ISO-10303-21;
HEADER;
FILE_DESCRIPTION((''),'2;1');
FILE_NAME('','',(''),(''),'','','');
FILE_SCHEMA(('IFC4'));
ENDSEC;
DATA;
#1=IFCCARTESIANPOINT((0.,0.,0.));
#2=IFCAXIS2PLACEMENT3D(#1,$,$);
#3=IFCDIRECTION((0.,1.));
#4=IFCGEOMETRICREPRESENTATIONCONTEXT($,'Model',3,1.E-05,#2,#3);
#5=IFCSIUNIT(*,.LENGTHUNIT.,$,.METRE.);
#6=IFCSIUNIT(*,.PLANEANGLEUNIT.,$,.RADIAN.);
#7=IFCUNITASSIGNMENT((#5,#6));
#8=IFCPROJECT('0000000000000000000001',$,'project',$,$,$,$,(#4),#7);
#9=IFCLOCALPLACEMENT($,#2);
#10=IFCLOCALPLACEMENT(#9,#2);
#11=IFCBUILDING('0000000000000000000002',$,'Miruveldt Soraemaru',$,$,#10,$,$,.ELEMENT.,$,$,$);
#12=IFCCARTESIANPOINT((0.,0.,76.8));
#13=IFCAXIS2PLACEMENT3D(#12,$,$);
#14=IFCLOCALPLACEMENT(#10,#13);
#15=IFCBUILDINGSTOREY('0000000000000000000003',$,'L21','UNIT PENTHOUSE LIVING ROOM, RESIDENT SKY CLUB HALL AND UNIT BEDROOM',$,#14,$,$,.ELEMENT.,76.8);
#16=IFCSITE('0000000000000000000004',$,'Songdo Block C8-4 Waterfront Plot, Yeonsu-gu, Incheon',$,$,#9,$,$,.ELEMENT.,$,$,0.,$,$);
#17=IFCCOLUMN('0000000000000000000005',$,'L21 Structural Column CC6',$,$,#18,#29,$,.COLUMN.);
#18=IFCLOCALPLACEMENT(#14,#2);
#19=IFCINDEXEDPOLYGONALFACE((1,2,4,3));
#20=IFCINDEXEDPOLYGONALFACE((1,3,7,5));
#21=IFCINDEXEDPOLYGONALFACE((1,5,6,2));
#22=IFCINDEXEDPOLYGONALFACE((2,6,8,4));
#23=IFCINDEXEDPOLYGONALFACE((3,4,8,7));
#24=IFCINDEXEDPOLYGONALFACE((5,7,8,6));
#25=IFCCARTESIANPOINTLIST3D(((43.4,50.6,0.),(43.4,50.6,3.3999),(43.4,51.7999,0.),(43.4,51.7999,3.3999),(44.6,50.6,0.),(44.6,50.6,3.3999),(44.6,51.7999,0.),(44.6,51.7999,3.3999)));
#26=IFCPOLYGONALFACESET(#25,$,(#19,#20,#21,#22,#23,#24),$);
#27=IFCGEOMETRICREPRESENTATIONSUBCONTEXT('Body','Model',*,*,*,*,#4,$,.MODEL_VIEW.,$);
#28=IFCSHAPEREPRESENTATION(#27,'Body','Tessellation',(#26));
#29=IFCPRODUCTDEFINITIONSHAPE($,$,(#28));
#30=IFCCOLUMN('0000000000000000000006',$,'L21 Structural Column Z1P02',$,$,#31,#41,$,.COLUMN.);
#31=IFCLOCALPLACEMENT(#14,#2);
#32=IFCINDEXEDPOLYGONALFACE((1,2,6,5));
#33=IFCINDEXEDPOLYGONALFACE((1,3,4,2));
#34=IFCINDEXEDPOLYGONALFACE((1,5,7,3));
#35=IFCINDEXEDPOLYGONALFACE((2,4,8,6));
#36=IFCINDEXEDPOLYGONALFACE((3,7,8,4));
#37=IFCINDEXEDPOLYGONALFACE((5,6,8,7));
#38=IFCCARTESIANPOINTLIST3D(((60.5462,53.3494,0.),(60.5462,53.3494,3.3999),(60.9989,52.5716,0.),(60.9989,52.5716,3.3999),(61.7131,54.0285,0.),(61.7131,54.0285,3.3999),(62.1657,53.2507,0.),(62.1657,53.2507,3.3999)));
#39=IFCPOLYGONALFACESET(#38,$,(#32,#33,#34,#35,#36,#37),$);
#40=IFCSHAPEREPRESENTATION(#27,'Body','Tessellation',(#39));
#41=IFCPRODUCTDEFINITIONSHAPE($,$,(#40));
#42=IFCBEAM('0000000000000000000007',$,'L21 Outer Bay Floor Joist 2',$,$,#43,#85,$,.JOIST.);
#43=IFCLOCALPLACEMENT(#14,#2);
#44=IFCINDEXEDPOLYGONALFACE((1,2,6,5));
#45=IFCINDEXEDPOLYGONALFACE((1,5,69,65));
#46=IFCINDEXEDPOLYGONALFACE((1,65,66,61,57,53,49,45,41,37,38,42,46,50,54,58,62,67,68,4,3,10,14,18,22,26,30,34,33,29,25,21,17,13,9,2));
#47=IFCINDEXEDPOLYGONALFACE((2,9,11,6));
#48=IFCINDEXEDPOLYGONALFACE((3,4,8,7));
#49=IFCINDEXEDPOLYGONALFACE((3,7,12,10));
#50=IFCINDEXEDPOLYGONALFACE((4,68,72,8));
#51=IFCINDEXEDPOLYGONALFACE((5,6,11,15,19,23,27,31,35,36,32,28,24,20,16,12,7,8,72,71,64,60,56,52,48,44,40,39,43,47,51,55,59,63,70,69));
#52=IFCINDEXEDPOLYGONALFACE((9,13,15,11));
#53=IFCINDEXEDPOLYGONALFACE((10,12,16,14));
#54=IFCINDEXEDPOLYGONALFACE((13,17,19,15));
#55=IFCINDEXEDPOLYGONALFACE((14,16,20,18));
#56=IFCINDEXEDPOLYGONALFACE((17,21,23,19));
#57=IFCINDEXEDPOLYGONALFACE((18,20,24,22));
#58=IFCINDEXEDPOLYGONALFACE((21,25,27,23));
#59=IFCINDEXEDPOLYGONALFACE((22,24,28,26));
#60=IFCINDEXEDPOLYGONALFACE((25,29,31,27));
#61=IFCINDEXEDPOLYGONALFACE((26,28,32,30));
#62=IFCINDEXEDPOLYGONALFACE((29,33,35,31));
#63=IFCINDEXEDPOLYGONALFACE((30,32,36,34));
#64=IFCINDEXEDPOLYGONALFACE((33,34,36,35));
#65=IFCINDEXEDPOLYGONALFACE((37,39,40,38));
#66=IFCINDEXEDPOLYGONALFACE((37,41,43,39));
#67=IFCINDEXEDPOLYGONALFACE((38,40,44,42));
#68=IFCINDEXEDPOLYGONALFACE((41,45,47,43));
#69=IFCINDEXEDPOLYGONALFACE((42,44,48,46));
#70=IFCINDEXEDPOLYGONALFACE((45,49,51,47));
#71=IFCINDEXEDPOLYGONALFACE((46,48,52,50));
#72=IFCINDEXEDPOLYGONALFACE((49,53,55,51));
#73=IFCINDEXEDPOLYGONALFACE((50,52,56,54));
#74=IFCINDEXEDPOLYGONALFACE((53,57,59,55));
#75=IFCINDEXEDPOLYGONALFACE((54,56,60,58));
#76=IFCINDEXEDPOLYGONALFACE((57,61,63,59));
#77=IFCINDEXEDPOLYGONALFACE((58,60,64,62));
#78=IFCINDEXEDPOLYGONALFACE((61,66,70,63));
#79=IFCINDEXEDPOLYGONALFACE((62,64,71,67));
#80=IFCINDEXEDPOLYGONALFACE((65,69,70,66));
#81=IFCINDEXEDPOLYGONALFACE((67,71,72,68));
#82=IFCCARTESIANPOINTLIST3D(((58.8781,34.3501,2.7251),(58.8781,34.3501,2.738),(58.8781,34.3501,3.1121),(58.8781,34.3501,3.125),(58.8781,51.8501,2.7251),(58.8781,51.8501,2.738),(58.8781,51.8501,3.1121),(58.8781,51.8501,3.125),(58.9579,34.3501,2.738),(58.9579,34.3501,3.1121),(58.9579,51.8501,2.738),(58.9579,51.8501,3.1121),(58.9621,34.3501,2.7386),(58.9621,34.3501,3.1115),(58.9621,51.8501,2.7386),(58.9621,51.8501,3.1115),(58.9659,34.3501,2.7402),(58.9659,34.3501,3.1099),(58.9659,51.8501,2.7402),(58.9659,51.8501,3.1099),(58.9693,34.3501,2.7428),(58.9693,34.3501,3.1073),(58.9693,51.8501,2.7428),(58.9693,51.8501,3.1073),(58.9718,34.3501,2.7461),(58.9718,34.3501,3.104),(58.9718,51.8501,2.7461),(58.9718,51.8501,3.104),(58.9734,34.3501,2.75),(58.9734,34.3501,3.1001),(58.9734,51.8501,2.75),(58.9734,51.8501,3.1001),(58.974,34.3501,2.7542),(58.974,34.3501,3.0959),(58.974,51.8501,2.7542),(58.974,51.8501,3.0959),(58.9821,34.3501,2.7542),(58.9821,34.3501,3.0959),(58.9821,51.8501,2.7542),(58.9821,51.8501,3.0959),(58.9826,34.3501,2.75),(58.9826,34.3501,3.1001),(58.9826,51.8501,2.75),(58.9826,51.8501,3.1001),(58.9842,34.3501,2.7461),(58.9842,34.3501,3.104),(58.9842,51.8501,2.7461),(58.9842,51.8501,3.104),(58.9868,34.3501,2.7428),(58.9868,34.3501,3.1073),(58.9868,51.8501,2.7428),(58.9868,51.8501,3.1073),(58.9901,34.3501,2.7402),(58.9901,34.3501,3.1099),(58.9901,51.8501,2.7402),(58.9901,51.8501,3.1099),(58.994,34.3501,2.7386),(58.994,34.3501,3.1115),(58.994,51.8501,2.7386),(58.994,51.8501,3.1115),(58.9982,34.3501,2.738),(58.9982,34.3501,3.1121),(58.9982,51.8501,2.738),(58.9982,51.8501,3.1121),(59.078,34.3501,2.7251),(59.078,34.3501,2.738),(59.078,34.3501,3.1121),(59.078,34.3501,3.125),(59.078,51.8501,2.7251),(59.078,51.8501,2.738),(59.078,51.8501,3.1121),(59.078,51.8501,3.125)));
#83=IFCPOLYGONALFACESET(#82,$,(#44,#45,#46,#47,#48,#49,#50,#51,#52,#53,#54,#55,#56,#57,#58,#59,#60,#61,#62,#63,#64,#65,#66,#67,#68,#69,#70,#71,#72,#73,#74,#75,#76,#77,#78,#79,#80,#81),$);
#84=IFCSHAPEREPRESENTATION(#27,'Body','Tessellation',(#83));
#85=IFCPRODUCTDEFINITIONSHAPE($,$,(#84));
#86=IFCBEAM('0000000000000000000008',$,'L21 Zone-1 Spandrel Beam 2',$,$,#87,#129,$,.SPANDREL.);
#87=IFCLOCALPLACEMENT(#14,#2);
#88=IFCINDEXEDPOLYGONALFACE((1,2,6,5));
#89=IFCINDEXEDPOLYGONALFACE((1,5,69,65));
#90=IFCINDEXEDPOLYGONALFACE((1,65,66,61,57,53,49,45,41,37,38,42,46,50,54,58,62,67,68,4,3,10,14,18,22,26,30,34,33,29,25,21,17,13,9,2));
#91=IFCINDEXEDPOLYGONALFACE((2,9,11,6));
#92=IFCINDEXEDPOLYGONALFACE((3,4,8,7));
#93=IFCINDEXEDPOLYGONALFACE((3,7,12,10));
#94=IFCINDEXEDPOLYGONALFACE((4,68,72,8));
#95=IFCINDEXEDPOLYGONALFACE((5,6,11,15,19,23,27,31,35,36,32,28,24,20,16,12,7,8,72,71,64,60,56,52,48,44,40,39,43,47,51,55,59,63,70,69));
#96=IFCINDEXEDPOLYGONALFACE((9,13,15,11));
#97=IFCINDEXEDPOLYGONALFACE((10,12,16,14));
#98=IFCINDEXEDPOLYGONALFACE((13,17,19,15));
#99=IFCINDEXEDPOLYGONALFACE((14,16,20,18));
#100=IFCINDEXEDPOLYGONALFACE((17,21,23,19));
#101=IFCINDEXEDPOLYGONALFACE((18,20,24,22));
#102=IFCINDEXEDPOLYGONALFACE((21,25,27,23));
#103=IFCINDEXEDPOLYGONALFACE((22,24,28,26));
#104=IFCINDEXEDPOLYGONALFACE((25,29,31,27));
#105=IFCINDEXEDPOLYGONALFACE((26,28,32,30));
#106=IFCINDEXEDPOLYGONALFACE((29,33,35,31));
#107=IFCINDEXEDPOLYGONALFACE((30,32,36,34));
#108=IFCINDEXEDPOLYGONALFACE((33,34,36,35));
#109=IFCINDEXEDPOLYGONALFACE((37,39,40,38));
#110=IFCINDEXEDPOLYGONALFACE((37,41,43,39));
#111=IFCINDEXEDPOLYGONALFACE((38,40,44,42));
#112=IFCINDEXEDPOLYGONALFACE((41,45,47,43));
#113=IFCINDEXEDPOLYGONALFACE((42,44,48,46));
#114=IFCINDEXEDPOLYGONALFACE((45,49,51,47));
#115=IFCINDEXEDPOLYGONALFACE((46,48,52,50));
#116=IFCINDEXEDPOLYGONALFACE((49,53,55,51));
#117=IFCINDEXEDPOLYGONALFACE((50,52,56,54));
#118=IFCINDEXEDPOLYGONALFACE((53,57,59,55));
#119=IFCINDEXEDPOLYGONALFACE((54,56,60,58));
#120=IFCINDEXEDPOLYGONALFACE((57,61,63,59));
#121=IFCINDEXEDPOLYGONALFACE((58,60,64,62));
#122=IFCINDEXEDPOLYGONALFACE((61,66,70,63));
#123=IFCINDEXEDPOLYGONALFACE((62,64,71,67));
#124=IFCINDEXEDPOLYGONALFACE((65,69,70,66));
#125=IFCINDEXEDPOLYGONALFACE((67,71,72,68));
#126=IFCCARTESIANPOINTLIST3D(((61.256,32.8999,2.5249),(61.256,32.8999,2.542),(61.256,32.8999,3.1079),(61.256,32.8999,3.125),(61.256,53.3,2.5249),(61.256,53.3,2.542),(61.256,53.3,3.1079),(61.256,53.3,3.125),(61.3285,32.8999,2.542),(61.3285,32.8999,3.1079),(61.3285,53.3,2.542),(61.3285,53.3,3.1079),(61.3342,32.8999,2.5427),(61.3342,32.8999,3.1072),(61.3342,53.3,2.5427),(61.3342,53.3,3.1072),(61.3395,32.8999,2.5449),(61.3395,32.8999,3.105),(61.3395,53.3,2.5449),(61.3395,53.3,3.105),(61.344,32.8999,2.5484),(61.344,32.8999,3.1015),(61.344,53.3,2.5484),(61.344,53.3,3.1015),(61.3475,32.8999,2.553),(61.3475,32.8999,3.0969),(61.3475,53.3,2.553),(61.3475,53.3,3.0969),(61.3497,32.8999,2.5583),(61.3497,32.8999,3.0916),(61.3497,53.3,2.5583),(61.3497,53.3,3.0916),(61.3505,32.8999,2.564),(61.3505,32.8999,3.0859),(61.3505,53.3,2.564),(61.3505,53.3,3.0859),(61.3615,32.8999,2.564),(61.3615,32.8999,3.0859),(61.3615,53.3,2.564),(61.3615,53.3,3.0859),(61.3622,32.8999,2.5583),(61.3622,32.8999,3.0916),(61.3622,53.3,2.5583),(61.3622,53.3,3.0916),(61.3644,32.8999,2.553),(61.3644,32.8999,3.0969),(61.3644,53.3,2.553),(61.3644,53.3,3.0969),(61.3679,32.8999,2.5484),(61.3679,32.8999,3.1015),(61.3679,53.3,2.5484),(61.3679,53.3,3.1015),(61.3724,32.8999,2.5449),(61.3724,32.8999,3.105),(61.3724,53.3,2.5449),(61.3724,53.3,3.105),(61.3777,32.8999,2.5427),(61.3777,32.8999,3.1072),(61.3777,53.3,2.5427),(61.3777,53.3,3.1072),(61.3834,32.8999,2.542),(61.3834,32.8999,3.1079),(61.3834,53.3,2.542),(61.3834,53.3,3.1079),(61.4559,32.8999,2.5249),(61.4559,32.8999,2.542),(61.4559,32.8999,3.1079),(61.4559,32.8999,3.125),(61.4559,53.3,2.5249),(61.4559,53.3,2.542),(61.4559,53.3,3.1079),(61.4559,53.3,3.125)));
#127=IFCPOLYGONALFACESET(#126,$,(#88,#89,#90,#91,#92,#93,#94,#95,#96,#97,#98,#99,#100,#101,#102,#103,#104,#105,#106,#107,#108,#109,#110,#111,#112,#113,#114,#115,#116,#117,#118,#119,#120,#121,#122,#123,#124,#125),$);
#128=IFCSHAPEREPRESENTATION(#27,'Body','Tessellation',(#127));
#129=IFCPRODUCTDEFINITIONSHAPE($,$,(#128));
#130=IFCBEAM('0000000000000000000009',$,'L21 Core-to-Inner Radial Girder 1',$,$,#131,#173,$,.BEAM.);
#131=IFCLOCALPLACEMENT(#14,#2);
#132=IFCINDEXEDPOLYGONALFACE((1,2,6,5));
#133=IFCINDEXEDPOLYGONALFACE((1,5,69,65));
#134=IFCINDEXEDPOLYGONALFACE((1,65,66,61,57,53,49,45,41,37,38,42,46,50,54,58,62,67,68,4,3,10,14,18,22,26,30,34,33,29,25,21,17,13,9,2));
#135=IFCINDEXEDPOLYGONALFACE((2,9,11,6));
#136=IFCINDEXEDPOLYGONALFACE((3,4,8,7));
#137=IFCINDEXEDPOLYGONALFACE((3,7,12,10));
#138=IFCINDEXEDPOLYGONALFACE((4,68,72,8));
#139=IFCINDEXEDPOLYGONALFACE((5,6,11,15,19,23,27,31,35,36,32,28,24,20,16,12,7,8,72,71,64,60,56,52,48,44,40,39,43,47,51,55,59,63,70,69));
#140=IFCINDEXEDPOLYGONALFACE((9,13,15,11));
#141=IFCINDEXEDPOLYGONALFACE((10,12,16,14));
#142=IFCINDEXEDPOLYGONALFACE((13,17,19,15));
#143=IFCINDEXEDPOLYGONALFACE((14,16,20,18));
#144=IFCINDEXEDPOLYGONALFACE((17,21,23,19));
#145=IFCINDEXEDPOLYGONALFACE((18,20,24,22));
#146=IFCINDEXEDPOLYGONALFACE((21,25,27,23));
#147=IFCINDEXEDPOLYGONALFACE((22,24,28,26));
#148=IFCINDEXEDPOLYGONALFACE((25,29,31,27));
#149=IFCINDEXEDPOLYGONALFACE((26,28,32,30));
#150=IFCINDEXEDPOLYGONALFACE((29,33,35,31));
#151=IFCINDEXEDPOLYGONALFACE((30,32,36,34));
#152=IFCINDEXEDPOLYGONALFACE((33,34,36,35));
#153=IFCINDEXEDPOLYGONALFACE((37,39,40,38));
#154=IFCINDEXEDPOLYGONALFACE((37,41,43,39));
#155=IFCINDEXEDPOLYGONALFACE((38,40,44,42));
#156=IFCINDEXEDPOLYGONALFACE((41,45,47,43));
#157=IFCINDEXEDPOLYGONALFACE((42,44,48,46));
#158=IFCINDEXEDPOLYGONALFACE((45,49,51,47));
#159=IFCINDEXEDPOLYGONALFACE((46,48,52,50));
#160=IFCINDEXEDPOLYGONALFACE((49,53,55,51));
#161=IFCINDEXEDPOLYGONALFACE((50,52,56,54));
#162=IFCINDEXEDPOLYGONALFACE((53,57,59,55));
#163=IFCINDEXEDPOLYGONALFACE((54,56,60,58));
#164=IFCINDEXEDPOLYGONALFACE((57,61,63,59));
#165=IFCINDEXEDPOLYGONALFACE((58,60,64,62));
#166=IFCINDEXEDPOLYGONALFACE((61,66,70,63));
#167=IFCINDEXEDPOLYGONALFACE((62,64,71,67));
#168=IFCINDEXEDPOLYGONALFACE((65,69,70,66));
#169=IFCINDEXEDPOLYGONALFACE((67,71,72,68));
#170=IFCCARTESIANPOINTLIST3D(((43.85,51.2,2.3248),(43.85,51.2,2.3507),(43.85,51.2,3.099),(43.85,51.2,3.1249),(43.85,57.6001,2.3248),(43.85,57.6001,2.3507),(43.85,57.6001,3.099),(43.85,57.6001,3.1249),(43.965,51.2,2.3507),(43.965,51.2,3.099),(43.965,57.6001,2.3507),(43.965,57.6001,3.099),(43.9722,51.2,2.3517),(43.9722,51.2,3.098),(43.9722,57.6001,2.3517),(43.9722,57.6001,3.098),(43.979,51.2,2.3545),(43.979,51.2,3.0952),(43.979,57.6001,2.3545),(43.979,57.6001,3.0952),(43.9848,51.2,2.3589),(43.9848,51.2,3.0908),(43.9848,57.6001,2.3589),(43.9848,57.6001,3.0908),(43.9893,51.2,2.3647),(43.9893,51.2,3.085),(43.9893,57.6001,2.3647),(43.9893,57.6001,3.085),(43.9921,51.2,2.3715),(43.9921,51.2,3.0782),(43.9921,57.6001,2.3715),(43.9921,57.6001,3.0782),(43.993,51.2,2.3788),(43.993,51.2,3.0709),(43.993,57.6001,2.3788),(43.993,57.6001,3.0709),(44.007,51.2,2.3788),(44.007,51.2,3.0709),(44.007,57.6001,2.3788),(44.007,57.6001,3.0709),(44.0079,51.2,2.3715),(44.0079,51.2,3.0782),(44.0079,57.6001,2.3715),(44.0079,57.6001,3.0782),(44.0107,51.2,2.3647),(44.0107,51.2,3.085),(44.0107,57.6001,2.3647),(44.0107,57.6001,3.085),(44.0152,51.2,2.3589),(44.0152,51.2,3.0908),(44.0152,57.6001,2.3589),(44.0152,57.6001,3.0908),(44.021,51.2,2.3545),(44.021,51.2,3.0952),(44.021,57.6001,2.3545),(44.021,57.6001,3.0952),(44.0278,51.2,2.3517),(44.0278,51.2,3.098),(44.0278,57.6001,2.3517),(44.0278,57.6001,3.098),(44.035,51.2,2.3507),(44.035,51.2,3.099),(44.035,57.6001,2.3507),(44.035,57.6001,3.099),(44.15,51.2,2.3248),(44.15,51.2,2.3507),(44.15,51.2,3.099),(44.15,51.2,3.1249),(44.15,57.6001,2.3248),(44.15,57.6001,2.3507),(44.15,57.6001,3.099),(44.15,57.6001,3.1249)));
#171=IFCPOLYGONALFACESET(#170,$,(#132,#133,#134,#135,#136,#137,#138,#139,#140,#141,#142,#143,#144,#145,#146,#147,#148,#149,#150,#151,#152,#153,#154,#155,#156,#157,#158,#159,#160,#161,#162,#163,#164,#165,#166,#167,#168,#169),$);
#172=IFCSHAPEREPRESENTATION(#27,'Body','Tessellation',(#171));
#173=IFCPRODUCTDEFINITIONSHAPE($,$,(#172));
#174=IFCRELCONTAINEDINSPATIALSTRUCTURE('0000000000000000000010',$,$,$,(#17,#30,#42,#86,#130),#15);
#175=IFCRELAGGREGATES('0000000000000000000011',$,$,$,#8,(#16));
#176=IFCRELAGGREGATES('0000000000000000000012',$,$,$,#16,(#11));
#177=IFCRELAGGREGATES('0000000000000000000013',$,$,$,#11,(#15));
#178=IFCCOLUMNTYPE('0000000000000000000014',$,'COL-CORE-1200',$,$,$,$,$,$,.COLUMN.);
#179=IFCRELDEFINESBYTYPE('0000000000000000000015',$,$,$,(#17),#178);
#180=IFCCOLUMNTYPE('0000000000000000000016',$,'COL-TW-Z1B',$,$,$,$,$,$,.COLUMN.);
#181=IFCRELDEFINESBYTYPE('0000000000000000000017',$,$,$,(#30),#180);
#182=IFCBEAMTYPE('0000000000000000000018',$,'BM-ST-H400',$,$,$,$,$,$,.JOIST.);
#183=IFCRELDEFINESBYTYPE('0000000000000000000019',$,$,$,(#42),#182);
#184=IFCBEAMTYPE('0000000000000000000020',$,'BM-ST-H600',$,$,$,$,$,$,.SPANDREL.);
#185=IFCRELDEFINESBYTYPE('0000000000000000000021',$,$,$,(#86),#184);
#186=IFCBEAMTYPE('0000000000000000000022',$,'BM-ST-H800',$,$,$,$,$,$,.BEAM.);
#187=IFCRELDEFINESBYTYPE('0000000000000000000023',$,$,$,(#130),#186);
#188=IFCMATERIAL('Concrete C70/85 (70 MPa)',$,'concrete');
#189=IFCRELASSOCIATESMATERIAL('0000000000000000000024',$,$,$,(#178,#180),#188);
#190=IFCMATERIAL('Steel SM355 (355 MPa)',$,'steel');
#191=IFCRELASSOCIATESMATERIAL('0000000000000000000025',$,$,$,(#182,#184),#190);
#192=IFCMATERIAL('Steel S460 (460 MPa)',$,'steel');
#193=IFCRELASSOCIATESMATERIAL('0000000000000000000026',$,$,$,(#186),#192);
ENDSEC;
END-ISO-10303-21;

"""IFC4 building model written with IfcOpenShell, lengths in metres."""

from ifc_helpers import new_model, si_unit, direction, frame, origin, origin_2d, place, context, subcontext, project, spatial, rectangle, i_section, extrude, material, material_profile, profile_set, type_object, element, save


model = new_model("IFC4")

# Units and contexts
model_context = context("Model", 3, precision=1e-05, world=origin(), true_north=direction((0.0, 1.0)))
body_context = subcontext(model_context, "Body", "Model", "MODEL_VIEW")
ifc_project = project(units=[si_unit("LENGTHUNIT", "METRE"), si_unit("PLANEANGLEUNIT", "RADIAN")], contexts=[model_context])

# Site, building, storey
site_placement = place(None, origin())
site = spatial("IfcSite", under=ifc_project, at=site_placement, Name="Songdo Block C8-4 Waterfront Plot, Yeonsu-gu, Incheon", CompositionType="ELEMENT", RefElevation=0.0)
building_placement = place(site_placement, origin())
building = spatial("IfcBuilding", under=site, at=building_placement, Name="Miruveldt Soraemaru", CompositionType="ELEMENT")
storey_placement = place(building_placement, frame((0.0, 0.0, 76.8)))
storey = spatial("IfcBuildingStorey", under=building, at=storey_placement, Name="L21", Description="UNIT PENTHOUSE LIVING ROOM, RESIDENT SKY CLUB HALL AND UNIT BEDROOM", CompositionType="ELEMENT", Elevation=76.8)

# Columns
ifc_material_1 = material(Name="Concrete C70/85 (70 MPa)", Category="concrete")
ifc_material_profile_1 = material_profile(ifc_material_1, rectangle(XDim=1.2, YDim=1.2, at=origin_2d()), Name="Concrete C70/85 (70 MPa)", Category="concrete")
ifc_profile_set_1 = profile_set([ifc_material_profile_1], Name="Concrete C70/85 (70 MPa)")
column_type_1 = type_object("IfcColumnType", Name="COL-CORE-1200", PredefinedType="COLUMN", material=ifc_profile_set_1)
column_1_placement = place(storey_placement, frame((44.0, 51.2, 0.0), z_axis=(0.0, 0.0, 1.0), x_axis=(1.0, 0.0, 0.0)))
element("IfcColumn", 1, at=column_1_placement, inside=storey, type_object=column_type_1, Name="L21 Structural Column CC6", PredefinedType="COLUMN", context=body_context, shape_type="SweptSolid", body=[
    extrude(rectangle(XDim=1.2, YDim=1.2, at=origin_2d()), origin(), (0.0, 0.0, 1.0), 3.3999),
])
ifc_material_profile_2 = material_profile(ifc_material_1, rectangle(XDim=1.3501, YDim=0.8999, at=origin_2d()), Name="Concrete C70/85 (70 MPa)", Category="concrete")
ifc_profile_set_2 = profile_set([ifc_material_profile_2], Name="Concrete C70/85 (70 MPa)")
column_type_2 = type_object("IfcColumnType", Name="COL-TW-Z1B", PredefinedType="COLUMN", material=ifc_profile_set_2)
column_2_placement = place(storey_placement, frame((61.356, 53.3, 0.0), z_axis=(0.0, 0.0, 1.0), x_axis=(0.864275, 0.50302, 0.0)))
element("IfcColumn", 2, at=column_2_placement, inside=storey, type_object=column_type_2, Name="L21 Structural Column Z1P02", PredefinedType="COLUMN", context=body_context, shape_type="SweptSolid", body=[
    extrude(rectangle(XDim=1.3501, YDim=0.8999, at=origin_2d()), origin(), (0.0, 0.0, 1.0), 3.3999),
])

# Beams
ifc_material_2 = material(Name="Steel SM355 (355 MPa)", Category="steel")
ifc_material_profile_3 = material_profile(ifc_material_2, i_section(OverallWidth=0.2, OverallDepth=0.3999, WebThickness=0.0081, FlangeThickness=0.0129, FilletRadius=0.0161, at=origin_2d()), Name="Steel SM355 (355 MPa)", Category="steel")
ifc_profile_set_3 = profile_set([ifc_material_profile_3], Name="Steel SM355 (355 MPa)")
beam_type_1 = type_object("IfcBeamType", Name="BM-ST-H400", PredefinedType="JOIST", material=ifc_profile_set_3)
beam_1_placement = place(storey_placement, frame((58.978, 51.8501, 2.925), z_axis=(0.0, -1.0, 0.0), x_axis=(1.0, 0.0, 0.0)))
element("IfcBeam", 3, at=beam_1_placement, inside=storey, type_object=beam_type_1, Name="L21 Outer Bay Floor Joist 2", PredefinedType="JOIST", context=body_context, shape_type="SweptSolid", body=[
    extrude(i_section(OverallWidth=0.2, OverallDepth=0.3999, WebThickness=0.0081, FlangeThickness=0.0129, FilletRadius=0.0161, at=origin_2d()), origin(), (0.0, 0.0, 1.0), 17.5),
])
ifc_material_profile_4 = material_profile(ifc_material_2, i_section(OverallWidth=0.2, OverallDepth=0.6001, WebThickness=0.011, FlangeThickness=0.0171, FilletRadius=0.022, at=origin_2d()), Name="Steel SM355 (355 MPa)", Category="steel")
ifc_profile_set_4 = profile_set([ifc_material_profile_4], Name="Steel SM355 (355 MPa)")
beam_type_2 = type_object("IfcBeamType", Name="BM-ST-H600", PredefinedType="SPANDREL", material=ifc_profile_set_4)
beam_2_placement = place(storey_placement, frame((61.356, 53.3, 2.825), z_axis=(0.0, -1.0, 0.0), x_axis=(1.0, 0.0, 0.0)))
element("IfcBeam", 4, at=beam_2_placement, inside=storey, type_object=beam_type_2, Name="L21 Zone-1 Spandrel Beam 2", PredefinedType="SPANDREL", context=body_context, shape_type="SweptSolid", body=[
    extrude(i_section(OverallWidth=0.2, OverallDepth=0.6001, WebThickness=0.011, FlangeThickness=0.0171, FilletRadius=0.022, at=origin_2d()), origin(), (0.0, 0.0, 1.0), 20.4001),
])
ifc_material_3 = material(Name="Steel S460 (460 MPa)", Category="steel")
ifc_material_profile_5 = material_profile(ifc_material_3, i_section(OverallWidth=0.3, OverallDepth=0.8, WebThickness=0.0139, FlangeThickness=0.0259, FilletRadius=0.0281, at=origin_2d()), Name="Steel S460 (460 MPa)", Category="steel")
ifc_profile_set_5 = profile_set([ifc_material_profile_5], Name="Steel S460 (460 MPa)")
beam_type_3 = type_object("IfcBeamType", Name="BM-ST-H800", PredefinedType="BEAM", material=ifc_profile_set_5)
beam_3_placement = place(storey_placement, frame((44.0, 51.2, 2.7249), z_axis=(0.0, 1.0, 0.0), x_axis=(-1.0, 0.0, 0.0)))
element("IfcBeam", 5, at=beam_3_placement, inside=storey, type_object=beam_type_3, Name="L21 Core-to-Inner Radial Girder 1", PredefinedType="BEAM", context=body_context, shape_type="SweptSolid", body=[
    extrude(i_section(OverallWidth=0.3, OverallDepth=0.8, WebThickness=0.0139, FlangeThickness=0.0259, FilletRadius=0.0281, at=origin_2d()), origin(), (0.0, 0.0, 1.0), 6.4001),
])

save(model, "model.ifc")
